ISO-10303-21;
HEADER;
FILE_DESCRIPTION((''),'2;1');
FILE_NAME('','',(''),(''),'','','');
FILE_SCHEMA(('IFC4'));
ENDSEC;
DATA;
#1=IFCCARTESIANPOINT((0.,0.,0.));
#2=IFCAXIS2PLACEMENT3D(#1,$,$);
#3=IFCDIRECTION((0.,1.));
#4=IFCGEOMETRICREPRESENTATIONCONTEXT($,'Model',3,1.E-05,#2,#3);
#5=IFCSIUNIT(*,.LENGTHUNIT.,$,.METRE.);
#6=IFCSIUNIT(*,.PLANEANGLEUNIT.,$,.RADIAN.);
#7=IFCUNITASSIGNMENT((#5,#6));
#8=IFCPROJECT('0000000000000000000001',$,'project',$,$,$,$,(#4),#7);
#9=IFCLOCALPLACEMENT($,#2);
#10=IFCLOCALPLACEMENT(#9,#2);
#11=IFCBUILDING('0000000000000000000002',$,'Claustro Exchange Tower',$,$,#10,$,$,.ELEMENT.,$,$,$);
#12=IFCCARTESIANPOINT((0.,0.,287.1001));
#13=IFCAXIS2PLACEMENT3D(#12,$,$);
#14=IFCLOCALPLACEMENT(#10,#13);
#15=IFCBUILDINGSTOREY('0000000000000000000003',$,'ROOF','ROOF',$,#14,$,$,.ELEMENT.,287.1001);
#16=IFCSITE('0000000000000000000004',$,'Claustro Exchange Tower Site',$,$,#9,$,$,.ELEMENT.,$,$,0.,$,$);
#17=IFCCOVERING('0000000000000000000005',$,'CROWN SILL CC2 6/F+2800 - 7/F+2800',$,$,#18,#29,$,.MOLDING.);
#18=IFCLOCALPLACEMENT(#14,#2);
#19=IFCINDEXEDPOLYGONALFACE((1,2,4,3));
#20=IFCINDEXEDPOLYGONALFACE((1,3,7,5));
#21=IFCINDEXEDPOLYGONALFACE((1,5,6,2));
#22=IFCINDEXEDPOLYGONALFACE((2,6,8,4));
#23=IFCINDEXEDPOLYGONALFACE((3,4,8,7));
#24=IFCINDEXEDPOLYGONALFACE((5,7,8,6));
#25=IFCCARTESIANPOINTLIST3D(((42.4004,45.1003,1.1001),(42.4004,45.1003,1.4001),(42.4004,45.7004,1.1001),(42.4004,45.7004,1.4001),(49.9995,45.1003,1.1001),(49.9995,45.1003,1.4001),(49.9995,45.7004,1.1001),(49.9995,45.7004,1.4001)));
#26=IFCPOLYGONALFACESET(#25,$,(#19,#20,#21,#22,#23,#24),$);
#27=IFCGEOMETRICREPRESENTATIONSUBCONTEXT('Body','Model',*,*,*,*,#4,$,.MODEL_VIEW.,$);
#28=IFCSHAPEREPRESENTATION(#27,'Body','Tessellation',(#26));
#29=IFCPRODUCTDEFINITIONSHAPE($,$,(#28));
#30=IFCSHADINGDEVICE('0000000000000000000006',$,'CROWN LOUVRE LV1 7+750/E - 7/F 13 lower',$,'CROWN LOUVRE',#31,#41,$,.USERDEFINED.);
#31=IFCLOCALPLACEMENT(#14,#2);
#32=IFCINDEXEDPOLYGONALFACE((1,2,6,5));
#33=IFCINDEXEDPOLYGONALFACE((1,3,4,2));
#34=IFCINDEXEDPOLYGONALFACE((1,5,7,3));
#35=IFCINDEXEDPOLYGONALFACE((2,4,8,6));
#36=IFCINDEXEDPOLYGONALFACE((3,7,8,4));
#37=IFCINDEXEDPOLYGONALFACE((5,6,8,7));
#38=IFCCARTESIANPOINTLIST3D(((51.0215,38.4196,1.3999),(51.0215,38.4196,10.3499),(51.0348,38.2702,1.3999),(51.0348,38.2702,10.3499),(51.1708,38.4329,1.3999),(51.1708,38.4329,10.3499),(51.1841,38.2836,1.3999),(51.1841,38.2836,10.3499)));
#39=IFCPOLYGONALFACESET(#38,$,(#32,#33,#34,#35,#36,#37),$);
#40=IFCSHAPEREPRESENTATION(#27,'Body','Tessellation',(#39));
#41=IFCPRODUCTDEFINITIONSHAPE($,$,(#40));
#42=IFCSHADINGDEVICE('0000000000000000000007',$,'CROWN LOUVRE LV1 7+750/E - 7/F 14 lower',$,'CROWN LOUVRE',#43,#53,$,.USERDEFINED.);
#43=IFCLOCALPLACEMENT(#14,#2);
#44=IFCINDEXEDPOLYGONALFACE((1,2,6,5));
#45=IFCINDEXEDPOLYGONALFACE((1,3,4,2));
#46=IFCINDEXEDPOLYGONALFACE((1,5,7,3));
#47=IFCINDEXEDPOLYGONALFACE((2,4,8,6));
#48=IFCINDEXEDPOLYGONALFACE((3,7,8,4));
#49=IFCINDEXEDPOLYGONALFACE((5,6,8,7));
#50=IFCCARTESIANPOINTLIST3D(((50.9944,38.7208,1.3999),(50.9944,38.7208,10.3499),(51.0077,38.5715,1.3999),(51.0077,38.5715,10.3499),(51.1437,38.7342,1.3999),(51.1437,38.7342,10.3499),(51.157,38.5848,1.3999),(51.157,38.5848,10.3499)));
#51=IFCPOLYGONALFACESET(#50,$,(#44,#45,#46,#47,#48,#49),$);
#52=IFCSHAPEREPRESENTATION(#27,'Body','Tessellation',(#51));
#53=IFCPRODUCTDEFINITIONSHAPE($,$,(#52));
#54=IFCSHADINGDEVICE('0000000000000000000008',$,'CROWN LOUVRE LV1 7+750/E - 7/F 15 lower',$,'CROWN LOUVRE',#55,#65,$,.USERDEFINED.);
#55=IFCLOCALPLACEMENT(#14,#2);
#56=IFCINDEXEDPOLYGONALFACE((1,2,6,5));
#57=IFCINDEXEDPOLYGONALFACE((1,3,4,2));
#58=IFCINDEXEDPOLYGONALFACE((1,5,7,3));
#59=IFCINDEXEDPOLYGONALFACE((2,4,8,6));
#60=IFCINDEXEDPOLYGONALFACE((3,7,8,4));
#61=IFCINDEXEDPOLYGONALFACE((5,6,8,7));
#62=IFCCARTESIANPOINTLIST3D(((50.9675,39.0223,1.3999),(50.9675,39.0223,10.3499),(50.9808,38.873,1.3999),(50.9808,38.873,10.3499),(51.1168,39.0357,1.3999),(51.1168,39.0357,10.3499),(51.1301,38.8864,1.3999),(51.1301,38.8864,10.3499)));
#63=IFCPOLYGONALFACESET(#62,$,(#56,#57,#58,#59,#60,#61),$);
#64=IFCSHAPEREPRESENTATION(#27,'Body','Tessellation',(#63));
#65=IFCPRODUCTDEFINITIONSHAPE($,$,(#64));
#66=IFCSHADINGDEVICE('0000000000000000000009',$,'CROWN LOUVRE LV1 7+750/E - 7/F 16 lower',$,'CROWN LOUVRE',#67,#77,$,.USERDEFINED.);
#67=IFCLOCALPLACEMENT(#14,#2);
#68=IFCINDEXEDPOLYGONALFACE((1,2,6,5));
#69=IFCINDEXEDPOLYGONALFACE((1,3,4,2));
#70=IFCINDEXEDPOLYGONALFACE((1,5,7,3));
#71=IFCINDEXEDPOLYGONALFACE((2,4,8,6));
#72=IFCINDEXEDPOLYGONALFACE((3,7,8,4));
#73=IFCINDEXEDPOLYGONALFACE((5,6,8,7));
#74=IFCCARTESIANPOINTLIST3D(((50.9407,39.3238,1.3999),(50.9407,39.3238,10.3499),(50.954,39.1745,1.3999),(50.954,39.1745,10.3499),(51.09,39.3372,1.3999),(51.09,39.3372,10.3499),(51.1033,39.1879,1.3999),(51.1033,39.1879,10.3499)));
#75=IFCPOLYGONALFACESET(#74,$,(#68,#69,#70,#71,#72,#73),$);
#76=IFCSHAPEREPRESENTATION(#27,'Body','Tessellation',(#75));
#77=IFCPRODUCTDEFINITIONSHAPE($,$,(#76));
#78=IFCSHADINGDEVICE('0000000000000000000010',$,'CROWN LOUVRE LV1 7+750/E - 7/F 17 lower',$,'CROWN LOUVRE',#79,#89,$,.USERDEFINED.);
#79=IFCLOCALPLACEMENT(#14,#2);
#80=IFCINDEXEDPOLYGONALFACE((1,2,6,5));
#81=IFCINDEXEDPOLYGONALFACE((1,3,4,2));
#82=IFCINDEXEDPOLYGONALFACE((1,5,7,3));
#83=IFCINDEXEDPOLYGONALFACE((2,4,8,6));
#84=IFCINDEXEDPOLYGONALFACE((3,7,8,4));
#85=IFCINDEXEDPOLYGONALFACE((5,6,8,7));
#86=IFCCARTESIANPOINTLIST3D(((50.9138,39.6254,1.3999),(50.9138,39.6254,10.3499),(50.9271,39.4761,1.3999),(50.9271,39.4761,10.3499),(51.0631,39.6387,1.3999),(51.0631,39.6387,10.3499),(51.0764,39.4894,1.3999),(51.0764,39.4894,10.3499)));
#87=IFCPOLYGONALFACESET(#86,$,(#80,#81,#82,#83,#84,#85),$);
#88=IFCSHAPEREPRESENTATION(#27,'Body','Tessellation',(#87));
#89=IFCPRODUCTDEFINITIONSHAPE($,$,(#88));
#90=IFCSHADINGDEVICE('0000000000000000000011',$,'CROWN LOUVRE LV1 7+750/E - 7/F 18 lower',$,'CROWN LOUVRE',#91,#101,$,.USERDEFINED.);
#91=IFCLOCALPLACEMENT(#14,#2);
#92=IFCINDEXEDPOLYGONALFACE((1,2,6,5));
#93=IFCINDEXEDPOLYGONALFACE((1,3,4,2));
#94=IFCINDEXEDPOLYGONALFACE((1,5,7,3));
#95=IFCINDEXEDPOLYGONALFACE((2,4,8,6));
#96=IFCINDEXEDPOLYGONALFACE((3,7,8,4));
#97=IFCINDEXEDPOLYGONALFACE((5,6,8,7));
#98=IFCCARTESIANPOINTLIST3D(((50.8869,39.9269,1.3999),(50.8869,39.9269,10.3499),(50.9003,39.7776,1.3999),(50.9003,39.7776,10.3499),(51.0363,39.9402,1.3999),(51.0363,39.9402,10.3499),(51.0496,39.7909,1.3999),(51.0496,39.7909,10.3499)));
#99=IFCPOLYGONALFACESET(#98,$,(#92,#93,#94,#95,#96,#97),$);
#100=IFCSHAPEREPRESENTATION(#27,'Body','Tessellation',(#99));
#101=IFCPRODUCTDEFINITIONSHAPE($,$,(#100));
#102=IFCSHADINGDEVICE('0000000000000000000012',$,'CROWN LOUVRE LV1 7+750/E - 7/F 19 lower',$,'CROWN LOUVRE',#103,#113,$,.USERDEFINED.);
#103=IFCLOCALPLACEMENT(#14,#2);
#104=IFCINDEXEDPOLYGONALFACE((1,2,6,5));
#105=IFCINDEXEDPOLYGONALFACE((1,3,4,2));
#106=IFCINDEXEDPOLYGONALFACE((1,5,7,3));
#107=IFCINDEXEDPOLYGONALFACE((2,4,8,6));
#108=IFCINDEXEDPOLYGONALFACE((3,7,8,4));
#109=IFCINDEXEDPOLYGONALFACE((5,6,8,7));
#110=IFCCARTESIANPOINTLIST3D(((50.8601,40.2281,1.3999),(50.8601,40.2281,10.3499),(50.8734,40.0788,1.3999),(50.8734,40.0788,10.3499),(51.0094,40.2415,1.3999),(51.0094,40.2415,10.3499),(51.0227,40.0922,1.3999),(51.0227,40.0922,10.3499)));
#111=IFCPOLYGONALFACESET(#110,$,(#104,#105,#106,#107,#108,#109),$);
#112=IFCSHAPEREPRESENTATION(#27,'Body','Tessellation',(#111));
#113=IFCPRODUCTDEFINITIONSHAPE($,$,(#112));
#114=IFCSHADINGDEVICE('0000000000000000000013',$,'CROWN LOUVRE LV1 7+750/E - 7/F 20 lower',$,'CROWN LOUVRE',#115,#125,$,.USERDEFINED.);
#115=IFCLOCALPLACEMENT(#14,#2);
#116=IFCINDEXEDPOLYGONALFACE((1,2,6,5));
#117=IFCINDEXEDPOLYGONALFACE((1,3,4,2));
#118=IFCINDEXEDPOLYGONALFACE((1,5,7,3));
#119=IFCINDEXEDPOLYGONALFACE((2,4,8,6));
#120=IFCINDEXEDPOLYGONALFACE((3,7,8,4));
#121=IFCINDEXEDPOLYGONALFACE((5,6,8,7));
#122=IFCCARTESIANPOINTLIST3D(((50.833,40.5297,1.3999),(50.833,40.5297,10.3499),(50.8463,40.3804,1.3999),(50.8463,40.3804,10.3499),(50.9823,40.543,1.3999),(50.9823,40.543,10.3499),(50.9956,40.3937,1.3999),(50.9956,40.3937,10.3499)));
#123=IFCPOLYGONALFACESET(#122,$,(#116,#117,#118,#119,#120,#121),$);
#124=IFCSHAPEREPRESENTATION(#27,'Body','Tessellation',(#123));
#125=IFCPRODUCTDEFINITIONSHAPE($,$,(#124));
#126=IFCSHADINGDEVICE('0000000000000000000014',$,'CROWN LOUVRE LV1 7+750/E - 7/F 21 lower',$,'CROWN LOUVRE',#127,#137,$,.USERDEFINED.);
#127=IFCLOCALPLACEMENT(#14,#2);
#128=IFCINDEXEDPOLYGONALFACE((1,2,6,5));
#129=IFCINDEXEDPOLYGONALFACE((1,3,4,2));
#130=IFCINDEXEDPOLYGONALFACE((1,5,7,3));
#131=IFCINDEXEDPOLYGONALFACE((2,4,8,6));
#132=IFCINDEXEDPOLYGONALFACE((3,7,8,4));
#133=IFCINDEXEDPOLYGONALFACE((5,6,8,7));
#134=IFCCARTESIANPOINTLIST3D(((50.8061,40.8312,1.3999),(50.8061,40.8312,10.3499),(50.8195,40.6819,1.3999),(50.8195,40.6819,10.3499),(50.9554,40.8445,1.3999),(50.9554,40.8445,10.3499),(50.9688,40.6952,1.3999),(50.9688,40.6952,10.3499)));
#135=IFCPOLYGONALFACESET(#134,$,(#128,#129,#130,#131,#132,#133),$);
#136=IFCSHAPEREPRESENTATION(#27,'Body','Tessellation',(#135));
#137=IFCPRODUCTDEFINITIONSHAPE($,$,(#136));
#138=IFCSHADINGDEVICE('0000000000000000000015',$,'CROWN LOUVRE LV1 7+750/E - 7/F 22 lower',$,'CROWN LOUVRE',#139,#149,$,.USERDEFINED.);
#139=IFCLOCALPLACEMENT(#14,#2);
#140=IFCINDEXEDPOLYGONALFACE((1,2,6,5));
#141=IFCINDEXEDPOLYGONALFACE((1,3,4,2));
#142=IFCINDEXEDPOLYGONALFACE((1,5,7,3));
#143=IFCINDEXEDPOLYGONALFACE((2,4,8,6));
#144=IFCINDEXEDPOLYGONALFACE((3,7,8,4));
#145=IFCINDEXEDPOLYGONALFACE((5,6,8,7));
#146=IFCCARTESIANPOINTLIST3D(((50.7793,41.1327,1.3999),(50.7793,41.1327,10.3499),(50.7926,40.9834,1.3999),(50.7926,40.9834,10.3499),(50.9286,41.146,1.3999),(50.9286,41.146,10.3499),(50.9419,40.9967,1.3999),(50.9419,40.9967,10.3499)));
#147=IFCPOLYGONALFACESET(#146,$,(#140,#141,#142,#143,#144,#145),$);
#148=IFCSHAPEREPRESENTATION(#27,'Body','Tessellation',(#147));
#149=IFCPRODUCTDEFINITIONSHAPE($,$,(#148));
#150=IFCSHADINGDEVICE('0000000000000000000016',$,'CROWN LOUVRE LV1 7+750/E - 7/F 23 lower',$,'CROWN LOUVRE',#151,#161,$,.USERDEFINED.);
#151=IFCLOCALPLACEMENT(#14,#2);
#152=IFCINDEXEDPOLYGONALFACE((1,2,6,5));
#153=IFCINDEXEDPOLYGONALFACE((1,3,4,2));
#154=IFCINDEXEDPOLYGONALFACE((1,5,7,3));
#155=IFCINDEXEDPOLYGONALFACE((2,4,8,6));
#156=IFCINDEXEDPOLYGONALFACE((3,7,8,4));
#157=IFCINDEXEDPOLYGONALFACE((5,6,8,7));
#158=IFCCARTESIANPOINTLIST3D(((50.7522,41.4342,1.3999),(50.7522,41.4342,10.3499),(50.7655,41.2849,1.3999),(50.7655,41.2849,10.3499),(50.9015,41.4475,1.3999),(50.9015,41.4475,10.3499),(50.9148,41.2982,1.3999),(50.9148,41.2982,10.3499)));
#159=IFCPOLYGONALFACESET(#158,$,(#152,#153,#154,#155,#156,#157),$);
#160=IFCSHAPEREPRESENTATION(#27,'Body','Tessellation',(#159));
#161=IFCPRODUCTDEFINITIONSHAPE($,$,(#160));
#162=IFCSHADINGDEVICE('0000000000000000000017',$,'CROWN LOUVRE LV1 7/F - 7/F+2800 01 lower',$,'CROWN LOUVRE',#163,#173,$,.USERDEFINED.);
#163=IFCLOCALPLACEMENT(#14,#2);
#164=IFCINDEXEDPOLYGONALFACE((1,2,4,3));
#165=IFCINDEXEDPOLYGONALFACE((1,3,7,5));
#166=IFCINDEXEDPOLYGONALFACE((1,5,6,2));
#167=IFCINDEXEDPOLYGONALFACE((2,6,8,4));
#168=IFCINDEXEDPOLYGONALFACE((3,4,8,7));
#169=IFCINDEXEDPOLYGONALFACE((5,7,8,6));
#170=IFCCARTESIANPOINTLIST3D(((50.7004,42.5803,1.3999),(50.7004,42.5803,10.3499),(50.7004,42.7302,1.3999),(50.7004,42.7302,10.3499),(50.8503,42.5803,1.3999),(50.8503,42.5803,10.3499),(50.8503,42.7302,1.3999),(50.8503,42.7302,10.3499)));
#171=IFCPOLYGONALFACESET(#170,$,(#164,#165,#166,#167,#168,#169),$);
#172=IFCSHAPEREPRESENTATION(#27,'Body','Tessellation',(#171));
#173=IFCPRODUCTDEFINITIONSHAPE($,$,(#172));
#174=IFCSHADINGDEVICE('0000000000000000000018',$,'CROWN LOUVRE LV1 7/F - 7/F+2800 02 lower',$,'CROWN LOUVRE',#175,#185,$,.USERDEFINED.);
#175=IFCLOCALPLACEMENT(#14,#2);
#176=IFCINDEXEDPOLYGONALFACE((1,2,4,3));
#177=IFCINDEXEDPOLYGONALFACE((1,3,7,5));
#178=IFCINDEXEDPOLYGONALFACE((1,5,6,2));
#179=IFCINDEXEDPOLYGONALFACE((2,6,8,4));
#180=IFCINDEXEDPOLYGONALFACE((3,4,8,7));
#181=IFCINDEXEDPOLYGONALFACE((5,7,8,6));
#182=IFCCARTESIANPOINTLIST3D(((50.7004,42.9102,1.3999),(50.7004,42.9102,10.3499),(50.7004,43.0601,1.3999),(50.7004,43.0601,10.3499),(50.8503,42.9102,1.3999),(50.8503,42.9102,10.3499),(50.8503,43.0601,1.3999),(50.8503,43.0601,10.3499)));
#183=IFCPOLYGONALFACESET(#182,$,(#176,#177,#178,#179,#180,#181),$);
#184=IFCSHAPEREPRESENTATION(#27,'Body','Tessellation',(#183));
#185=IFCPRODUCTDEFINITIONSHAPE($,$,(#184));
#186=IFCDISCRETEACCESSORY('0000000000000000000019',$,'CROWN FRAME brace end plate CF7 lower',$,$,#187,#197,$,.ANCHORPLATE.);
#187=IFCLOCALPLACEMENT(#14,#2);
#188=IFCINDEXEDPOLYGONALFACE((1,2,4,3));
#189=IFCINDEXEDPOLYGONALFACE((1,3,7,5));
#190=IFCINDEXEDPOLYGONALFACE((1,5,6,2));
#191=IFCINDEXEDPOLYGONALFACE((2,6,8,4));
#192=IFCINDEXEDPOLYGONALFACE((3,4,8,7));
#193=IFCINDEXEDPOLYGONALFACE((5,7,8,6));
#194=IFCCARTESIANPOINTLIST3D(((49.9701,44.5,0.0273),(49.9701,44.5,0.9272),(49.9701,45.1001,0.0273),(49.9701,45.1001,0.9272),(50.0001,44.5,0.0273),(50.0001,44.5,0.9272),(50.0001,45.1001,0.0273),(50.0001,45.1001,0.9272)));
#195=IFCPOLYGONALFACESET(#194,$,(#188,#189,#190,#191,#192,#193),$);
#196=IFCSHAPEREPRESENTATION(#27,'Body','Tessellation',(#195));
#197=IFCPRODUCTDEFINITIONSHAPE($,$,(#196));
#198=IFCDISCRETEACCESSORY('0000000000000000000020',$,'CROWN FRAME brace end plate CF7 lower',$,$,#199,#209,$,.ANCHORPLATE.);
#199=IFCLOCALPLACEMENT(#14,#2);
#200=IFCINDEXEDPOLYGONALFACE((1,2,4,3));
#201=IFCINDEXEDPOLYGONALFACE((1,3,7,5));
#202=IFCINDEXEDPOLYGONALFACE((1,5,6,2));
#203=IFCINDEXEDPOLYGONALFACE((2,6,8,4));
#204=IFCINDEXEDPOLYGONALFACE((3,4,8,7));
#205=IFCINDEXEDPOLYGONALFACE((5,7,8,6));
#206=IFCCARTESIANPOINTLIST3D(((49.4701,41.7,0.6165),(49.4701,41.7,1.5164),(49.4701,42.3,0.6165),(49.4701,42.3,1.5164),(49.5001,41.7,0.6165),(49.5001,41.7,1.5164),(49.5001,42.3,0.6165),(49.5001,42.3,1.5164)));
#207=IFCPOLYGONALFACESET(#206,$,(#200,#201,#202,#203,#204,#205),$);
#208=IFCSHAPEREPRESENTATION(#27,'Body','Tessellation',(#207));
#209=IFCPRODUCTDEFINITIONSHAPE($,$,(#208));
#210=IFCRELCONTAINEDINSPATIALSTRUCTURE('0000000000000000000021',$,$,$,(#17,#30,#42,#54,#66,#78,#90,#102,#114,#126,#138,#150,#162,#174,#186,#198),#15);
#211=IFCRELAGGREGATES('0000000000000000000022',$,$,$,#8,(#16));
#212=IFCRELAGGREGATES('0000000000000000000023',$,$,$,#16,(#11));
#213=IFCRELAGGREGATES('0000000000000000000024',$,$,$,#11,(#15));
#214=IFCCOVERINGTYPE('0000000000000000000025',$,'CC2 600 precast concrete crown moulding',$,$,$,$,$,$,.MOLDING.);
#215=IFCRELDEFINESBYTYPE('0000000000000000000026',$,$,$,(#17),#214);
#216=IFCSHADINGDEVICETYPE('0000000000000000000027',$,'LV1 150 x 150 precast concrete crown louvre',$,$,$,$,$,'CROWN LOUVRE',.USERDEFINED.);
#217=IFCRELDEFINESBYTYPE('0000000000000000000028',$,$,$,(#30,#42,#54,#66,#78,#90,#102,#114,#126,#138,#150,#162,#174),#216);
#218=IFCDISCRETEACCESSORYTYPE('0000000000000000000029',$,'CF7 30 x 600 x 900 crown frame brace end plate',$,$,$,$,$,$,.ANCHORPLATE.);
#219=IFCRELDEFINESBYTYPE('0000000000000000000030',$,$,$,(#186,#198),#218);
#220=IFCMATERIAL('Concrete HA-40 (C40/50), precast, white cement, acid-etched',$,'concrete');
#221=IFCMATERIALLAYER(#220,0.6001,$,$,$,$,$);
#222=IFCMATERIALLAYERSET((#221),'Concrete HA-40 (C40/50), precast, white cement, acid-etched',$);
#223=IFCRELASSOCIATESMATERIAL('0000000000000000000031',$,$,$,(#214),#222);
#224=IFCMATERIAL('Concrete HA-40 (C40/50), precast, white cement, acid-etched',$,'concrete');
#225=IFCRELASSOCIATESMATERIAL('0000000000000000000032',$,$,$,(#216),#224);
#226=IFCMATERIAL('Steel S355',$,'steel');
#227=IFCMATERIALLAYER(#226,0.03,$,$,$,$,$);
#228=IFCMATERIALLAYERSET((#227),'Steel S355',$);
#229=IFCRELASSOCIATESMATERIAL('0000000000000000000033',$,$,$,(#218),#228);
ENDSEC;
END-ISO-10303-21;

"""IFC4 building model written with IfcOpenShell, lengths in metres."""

from ifc_helpers import new_model, si_unit, direction, frame, origin, origin_2d, place, context, subcontext, project, spatial, rectangle, extrude, material, layer, layer_set, type_object, element, save


model = new_model("IFC4")

# Units and contexts
model_context = context("Model", 3, precision=1e-05, world=origin(), true_north=direction((0.0, 1.0)))
body_context = subcontext(model_context, "Body", "Model", "MODEL_VIEW")
ifc_project = project(units=[si_unit("LENGTHUNIT", "METRE"), si_unit("PLANEANGLEUNIT", "RADIAN")], contexts=[model_context])

# Site, building, storey
site_placement = place(None, origin())
site = spatial("IfcSite", under=ifc_project, at=site_placement, Name="Claustro Exchange Tower Site", CompositionType="ELEMENT", RefElevation=0.0)
building_placement = place(site_placement, origin())
building = spatial("IfcBuilding", under=site, at=building_placement, Name="Claustro Exchange Tower", CompositionType="ELEMENT")
storey_placement = place(building_placement, frame((0.0, 0.0, 287.1001)))
storey = spatial("IfcBuildingStorey", under=building, at=storey_placement, Name="ROOF", Description="ROOF", CompositionType="ELEMENT", Elevation=287.1001)

# Covering
ifc_material_1 = material(Name="Concrete HA-40 (C40/50), precast, white cement, acid-etched", Category="concrete")
ifc_layer_1 = layer(ifc_material_1, 0.6001)
ifc_layer_set_1 = layer_set([ifc_layer_1], Name="Concrete HA-40 (C40/50), precast, white cement, acid-etched")
covering_type_1 = type_object("IfcCoveringType", Name="CC2 600 precast concrete crown moulding", PredefinedType="MOLDING", material=ifc_layer_set_1)
covering_1_placement = place(storey_placement, frame((46.2, 45.4004, 1.1001), z_axis=(0.0, 0.0, 1.0), x_axis=(1.0, 0.0, 0.0)))
element("IfcCovering", 1, at=covering_1_placement, inside=storey, type_object=covering_type_1, Name="CROWN SILL CC2 6/F+2800 - 7/F+2800", PredefinedType="MOLDING", context=body_context, shape_type="SweptSolid", body=[
    extrude(rectangle(XDim=7.5991, YDim=0.6001, at=origin_2d()), origin(), (0.0, 0.0, 1.0), 0.3),
])

# Shading devices
ifc_material_2 = material(Name="Concrete HA-40 (C40/50), precast, white cement, acid-etched", Category="concrete")
shading_device_type = type_object("IfcShadingDeviceType", Name="LV1 150 x 150 precast concrete crown louvre", ElementType="CROWN LOUVRE", PredefinedType="USERDEFINED", material=ifc_material_2)
for number, where, z_axis, x_axis, name in (
    (2, (51.1028, 38.3516, 1.3999), (0.0, 0.0, 1.0), (-0.088933, 0.996038, 0.0), "CROWN LOUVRE LV1 7+750/E - 7/F 13 lower"),
    (3, (51.0757, 38.6528, 1.3999), (0.0, 0.0, 1.0), (-0.088933, 0.996038, 0.0), "CROWN LOUVRE LV1 7+750/E - 7/F 14 lower"),
    (4, (51.0488, 38.9543, 1.3999), (0.0, 0.0, 1.0), (-0.088933, 0.996038, 0.0), "CROWN LOUVRE LV1 7+750/E - 7/F 15 lower"),
    (5, (51.022, 39.2559, 1.3999), (0.0, 0.0, 1.0), (-0.088933, 0.996038, 0.0), "CROWN LOUVRE LV1 7+750/E - 7/F 16 lower"),
    (6, (50.9951, 39.5574, 1.3999), (0.0, 0.0, 1.0), (-0.088933, 0.996038, 0.0), "CROWN LOUVRE LV1 7+750/E - 7/F 17 lower"),
    (7, (50.9683, 39.8589, 1.3999), (0.0, 0.0, 1.0), (-0.088933, 0.996038, 0.0), "CROWN LOUVRE LV1 7+750/E - 7/F 18 lower"),
    (8, (50.9414, 40.1602, 1.3999), (0.0, 0.0, 1.0), (-0.088933, 0.996038, 0.0), "CROWN LOUVRE LV1 7+750/E - 7/F 19 lower"),
    (9, (50.9143, 40.4617, 1.3999), (0.0, 0.0, 1.0), (-0.088933, 0.996038, 0.0), "CROWN LOUVRE LV1 7+750/E - 7/F 20 lower"),
    (10, (50.8875, 40.7632, 1.3999), (0.0, 0.0, 1.0), (-0.088933, 0.996038, 0.0), "CROWN LOUVRE LV1 7+750/E - 7/F 21 lower"),
    (11, (50.8606, 41.0647, 1.3999), (0.0, 0.0, 1.0), (-0.088933, 0.996038, 0.0), "CROWN LOUVRE LV1 7+750/E - 7/F 22 lower"),
    (12, (50.8335, 41.3662, 1.3999), (0.0, 0.0, 1.0), (-0.088933, 0.996038, 0.0), "CROWN LOUVRE LV1 7+750/E - 7/F 23 lower"),
    (13, (50.7754, 42.6553, 1.3999), (0.0, 0.0, 1.0), (0.0, 1.0, 0.0), "CROWN LOUVRE LV1 7/F - 7/F+2800 01 lower"),
    (14, (50.7754, 42.9851, 1.3999), (0.0, 0.0, 1.0), (0.0, 1.0, 0.0), "CROWN LOUVRE LV1 7/F - 7/F+2800 02 lower"),
):
    element("IfcShadingDevice", number, at=place(storey_placement, frame(where, z_axis=z_axis, x_axis=x_axis)), inside=storey, type_object=shading_device_type, Name=name, ObjectType="CROWN LOUVRE", PredefinedType="USERDEFINED", context=body_context, shape_type="SweptSolid", body=[
        extrude(rectangle(XDim=0.1499, YDim=0.1499, at=origin_2d()), origin(), (0.0, 0.0, 1.0), 8.95),
    ])

# Discrete accessories
ifc_material_3 = material(Name="Steel S355", Category="steel")
ifc_layer_2 = layer(ifc_material_3, 0.03)
ifc_layer_set_2 = layer_set([ifc_layer_2], Name="Steel S355")
discrete_accessory_type = type_object("IfcDiscreteAccessoryType", Name="CF7 30 x 600 x 900 crown frame brace end plate", PredefinedType="ANCHORPLATE", material=ifc_layer_set_2)
for number, where, z_axis, x_axis, name in (
    (15, (49.9851, 44.8, 0.0273), (0.0, 0.0, 1.0), (-1.0, 0.0, 0.0), "CROWN FRAME brace end plate CF7 lower"),
    (16, (49.4851, 42.0, 0.6165), (0.0, 0.0, 1.0), (-1.0, 0.0, 0.0), "CROWN FRAME brace end plate CF7 lower"),
):
    element("IfcDiscreteAccessory", number, at=place(storey_placement, frame(where, z_axis=z_axis, x_axis=x_axis)), inside=storey, type_object=discrete_accessory_type, Name=name, PredefinedType="ANCHORPLATE", context=body_context, shape_type="SweptSolid", body=[
        extrude(rectangle(XDim=0.03, YDim=0.6001, at=origin_2d()), origin(), (0.0, 0.0, 1.0), 0.8999),
    ])

save(model, "model.ifc")
